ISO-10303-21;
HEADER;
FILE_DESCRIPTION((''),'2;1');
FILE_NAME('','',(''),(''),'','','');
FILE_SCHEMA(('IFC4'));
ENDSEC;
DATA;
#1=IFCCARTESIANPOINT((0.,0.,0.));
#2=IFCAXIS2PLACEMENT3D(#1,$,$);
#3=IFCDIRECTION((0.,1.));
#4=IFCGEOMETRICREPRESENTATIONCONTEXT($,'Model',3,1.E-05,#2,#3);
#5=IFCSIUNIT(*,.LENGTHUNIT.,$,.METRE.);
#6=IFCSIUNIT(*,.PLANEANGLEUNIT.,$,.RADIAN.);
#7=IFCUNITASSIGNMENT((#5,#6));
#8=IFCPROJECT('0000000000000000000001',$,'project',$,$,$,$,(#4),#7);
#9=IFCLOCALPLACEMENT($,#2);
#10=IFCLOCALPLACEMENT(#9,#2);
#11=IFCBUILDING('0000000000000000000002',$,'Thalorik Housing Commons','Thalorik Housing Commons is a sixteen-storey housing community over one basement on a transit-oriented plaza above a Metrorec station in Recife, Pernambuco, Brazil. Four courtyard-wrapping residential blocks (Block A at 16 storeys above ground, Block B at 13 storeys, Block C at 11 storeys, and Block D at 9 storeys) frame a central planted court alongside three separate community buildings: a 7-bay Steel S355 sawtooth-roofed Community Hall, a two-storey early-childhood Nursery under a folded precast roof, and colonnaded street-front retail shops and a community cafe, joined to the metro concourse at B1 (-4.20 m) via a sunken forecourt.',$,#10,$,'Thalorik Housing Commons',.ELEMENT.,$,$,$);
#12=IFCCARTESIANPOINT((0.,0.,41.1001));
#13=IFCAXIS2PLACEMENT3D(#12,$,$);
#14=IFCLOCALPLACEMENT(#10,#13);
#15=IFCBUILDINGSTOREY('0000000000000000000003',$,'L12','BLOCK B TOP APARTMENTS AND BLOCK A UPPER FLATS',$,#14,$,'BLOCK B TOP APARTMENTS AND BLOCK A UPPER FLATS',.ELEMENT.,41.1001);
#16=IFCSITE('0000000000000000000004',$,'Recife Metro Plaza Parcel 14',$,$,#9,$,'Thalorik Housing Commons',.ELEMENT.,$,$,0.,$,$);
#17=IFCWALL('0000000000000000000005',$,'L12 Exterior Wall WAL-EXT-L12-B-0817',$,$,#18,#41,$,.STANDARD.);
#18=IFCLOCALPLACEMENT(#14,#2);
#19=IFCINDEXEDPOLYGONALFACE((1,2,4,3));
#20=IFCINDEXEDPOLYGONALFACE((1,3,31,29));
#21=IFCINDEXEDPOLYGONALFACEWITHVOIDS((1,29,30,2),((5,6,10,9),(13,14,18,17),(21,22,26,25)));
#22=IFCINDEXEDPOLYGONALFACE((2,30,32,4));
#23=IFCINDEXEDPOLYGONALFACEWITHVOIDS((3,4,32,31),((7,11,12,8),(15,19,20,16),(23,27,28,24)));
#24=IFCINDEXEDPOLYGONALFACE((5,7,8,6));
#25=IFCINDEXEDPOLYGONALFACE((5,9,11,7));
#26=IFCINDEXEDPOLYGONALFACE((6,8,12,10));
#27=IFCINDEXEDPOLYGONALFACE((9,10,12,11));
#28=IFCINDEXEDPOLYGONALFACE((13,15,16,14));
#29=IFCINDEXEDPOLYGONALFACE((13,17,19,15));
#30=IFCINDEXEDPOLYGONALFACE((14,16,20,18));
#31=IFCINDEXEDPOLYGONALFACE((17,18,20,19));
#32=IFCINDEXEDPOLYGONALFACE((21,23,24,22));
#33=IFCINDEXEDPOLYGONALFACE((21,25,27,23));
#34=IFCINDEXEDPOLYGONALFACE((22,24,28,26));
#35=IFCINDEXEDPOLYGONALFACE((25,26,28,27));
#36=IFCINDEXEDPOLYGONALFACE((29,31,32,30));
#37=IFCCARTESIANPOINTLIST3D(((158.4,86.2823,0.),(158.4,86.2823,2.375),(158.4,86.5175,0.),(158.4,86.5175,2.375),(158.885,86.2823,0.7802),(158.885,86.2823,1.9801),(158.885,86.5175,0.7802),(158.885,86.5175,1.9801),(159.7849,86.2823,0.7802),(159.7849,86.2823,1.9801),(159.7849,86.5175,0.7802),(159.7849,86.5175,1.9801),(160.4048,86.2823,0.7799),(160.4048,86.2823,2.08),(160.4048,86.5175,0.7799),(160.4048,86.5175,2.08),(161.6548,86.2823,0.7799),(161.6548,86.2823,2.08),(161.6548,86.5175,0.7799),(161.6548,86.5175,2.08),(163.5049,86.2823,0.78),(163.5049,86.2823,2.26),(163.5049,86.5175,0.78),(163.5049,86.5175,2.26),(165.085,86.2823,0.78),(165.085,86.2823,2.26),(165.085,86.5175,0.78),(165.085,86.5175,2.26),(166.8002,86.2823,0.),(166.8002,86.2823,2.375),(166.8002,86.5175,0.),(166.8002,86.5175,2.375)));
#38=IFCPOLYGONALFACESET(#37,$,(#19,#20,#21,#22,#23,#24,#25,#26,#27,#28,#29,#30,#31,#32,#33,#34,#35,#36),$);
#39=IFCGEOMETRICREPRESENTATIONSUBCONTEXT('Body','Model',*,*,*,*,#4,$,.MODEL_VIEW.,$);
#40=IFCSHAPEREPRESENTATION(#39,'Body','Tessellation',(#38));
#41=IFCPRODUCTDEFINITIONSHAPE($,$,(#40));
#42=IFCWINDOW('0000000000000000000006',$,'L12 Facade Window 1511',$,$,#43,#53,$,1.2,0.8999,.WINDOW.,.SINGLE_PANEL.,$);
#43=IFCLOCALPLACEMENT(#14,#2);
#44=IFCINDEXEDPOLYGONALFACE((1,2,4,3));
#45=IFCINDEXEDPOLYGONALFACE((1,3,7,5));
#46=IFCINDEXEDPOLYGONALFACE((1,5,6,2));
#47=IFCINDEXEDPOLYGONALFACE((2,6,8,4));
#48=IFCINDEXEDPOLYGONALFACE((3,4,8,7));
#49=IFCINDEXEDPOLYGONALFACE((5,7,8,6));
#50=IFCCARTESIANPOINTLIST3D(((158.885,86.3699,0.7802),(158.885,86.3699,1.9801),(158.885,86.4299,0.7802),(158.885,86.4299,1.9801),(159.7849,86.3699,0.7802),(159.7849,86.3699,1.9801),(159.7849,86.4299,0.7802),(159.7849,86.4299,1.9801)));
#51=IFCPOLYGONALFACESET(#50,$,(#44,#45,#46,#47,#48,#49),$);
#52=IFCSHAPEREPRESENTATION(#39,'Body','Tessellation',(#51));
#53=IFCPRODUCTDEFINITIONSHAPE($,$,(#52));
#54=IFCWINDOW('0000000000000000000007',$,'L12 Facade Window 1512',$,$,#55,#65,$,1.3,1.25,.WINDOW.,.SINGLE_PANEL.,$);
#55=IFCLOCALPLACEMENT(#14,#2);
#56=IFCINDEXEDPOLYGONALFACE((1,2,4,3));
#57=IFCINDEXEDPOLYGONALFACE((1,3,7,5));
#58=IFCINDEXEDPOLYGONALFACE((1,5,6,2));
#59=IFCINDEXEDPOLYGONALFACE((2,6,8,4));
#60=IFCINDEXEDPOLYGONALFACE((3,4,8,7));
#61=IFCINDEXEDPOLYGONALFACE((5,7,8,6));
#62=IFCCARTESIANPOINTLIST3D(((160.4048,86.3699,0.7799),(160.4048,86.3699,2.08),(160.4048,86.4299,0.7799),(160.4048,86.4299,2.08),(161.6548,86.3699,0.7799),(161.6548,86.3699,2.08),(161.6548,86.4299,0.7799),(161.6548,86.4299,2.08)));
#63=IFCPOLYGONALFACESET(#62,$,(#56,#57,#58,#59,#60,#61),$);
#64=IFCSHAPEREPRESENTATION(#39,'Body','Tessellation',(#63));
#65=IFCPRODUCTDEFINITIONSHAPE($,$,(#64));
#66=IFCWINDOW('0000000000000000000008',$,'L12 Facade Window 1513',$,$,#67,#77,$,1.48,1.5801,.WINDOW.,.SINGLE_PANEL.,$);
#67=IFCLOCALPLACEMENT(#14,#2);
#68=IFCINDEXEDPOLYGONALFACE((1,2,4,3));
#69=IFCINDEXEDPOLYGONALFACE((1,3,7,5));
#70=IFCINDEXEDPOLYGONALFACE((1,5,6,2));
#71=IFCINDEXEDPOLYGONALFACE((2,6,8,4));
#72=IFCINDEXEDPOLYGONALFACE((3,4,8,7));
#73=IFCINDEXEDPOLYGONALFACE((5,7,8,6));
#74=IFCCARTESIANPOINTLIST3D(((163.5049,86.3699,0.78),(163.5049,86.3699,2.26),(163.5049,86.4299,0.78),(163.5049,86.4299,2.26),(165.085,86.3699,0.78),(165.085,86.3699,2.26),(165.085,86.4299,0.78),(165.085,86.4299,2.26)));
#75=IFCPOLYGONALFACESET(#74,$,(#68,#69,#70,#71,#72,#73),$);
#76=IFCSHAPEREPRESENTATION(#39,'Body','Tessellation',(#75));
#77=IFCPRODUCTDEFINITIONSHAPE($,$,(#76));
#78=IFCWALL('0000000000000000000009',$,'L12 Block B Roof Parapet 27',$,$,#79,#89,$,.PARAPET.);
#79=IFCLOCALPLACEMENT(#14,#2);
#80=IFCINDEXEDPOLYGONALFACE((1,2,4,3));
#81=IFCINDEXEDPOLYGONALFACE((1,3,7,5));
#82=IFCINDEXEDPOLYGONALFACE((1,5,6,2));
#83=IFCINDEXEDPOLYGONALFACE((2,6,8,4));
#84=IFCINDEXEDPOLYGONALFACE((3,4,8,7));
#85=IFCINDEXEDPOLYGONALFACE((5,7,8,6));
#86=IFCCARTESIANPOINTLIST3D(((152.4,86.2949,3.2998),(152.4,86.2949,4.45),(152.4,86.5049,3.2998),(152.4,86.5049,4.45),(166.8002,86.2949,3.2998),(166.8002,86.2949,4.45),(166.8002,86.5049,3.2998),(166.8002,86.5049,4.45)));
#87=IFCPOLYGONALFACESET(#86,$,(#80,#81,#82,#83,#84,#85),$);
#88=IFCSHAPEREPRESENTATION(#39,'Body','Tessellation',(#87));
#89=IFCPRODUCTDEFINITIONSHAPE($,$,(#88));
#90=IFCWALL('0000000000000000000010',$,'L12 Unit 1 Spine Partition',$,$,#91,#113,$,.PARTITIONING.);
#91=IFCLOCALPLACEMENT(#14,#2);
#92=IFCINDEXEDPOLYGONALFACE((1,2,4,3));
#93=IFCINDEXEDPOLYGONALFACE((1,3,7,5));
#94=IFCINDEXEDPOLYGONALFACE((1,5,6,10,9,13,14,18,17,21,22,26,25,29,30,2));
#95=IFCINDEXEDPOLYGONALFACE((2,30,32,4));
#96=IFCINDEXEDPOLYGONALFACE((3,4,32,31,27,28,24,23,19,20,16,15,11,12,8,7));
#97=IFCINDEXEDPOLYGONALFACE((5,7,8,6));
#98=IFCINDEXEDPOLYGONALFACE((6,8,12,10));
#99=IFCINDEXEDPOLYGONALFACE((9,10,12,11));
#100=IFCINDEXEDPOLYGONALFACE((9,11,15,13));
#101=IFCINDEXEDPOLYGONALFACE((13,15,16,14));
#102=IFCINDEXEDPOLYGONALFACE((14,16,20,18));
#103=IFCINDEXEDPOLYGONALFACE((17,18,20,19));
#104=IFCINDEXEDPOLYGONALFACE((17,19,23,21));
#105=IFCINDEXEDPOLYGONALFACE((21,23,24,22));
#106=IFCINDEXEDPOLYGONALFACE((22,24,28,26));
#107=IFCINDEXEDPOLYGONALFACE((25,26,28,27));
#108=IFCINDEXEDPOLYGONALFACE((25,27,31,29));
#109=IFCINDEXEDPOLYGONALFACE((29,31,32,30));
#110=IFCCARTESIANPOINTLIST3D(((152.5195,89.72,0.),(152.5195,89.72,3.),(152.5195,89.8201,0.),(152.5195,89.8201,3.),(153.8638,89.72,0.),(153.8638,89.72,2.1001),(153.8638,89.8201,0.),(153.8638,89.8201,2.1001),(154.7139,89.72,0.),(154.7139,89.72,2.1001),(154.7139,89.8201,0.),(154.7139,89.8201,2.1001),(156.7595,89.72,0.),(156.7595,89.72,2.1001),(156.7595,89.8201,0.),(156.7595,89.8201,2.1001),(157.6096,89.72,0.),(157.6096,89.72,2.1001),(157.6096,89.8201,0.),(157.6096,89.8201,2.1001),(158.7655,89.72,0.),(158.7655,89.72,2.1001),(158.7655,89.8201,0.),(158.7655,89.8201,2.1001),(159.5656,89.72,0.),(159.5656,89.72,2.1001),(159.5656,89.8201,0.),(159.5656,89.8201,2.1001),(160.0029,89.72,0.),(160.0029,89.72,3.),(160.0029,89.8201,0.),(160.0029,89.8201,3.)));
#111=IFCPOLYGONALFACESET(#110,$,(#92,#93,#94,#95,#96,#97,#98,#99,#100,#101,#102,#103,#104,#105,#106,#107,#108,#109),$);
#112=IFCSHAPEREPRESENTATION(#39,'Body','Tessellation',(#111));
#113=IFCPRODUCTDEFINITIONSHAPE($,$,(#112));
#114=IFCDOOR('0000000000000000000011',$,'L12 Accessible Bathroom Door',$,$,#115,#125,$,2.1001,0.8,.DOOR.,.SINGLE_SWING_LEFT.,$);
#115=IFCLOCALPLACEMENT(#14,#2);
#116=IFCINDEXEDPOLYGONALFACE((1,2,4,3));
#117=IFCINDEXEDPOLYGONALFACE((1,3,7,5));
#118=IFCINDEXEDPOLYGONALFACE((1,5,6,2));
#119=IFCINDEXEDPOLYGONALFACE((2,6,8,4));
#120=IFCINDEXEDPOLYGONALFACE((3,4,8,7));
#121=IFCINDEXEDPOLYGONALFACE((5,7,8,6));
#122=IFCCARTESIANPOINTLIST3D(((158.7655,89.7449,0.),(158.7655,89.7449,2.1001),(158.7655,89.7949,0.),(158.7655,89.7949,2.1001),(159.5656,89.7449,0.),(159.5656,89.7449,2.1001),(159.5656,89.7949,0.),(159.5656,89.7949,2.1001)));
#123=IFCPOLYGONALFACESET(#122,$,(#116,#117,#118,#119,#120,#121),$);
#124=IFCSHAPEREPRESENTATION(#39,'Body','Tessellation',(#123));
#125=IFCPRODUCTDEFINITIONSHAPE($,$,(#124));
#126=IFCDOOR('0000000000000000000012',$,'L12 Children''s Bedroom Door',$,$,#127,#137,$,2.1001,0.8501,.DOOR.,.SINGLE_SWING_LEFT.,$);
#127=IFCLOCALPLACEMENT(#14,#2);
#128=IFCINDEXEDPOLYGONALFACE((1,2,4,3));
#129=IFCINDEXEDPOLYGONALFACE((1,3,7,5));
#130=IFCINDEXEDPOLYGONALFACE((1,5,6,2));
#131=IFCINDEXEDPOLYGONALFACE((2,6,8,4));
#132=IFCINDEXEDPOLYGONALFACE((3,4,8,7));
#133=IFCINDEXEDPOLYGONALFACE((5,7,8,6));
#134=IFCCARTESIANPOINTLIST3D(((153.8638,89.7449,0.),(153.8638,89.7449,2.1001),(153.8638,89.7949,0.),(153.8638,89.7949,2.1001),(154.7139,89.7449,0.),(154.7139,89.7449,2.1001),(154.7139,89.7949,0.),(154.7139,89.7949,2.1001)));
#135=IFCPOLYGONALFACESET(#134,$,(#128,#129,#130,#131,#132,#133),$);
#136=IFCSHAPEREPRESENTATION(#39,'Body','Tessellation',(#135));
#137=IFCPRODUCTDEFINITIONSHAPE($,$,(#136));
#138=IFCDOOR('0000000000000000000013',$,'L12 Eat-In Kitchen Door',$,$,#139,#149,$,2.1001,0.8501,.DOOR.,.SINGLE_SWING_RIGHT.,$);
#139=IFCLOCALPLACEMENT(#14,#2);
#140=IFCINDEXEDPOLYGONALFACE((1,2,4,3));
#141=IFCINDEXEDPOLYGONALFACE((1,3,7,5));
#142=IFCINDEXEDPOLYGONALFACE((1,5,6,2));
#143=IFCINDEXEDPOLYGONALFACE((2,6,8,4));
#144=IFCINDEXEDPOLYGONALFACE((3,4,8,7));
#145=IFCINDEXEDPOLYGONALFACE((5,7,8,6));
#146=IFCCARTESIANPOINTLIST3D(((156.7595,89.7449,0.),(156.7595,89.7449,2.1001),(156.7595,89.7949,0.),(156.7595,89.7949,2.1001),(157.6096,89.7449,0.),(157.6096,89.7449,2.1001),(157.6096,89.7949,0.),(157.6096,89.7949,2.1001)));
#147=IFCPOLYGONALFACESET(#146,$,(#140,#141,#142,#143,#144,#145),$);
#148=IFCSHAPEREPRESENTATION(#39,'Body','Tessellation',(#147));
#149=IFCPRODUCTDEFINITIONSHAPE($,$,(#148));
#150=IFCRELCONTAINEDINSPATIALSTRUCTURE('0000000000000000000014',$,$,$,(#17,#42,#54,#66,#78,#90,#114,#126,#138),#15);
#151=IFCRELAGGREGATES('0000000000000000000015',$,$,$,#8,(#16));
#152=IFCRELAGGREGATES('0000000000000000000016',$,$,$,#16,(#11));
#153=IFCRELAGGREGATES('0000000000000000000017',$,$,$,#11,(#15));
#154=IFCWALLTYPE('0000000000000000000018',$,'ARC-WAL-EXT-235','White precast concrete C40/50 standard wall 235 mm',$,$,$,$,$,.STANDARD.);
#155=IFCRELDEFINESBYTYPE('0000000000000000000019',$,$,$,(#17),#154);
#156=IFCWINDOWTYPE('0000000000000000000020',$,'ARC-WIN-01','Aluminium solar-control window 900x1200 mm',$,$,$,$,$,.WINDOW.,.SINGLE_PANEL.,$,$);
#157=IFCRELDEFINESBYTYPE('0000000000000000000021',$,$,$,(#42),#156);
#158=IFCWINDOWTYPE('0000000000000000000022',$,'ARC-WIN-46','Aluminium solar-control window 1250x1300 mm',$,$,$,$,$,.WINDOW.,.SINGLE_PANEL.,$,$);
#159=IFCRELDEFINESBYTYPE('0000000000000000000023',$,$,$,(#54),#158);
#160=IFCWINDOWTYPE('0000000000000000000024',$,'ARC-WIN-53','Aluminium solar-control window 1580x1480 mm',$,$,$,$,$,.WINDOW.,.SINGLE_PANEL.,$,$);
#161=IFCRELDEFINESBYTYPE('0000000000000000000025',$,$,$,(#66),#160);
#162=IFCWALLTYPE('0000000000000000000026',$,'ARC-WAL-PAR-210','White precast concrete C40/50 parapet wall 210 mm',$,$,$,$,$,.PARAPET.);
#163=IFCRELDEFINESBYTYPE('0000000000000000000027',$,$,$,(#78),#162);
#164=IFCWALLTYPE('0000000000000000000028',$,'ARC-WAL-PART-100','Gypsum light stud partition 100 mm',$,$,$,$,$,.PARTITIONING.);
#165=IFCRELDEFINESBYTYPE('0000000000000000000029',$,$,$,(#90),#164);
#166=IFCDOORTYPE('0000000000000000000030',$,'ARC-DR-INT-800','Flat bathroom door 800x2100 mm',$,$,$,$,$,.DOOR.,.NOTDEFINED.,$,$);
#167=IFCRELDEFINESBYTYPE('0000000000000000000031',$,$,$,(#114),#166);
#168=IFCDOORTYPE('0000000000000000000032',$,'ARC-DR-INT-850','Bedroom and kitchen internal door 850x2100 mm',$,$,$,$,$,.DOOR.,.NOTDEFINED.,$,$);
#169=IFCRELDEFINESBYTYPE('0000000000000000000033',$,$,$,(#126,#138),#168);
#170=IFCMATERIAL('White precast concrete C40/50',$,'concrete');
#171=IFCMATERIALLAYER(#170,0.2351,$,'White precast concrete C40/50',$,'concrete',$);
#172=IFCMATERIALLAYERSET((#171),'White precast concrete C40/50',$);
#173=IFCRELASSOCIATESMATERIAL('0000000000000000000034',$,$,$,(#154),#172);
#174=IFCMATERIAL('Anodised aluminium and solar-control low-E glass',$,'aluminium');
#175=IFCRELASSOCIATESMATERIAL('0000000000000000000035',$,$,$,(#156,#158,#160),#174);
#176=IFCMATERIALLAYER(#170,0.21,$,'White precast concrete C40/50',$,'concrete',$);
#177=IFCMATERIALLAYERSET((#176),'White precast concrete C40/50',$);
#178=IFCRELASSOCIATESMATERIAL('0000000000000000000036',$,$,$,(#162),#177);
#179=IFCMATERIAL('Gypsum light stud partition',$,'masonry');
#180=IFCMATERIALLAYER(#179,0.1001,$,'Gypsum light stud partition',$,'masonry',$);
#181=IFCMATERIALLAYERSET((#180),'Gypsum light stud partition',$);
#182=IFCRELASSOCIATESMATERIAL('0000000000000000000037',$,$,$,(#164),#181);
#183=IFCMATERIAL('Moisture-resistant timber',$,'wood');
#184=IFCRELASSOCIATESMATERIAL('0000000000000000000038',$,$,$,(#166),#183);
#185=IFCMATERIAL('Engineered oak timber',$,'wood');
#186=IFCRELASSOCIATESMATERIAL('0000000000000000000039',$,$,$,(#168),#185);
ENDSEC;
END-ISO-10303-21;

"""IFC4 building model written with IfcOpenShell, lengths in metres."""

from ifc_helpers import new_model, si_unit, direction, frame, frame_2d, origin, place, context, subcontext, project, spatial, rectangle, extrude, material, layer, layer_set, type_object, element, fill, save


model = new_model("IFC4")

# Units and contexts
model_context = context("Model", 3, precision=1e-05, world=origin(), true_north=direction((0.0, 1.0)))
body_context = subcontext(model_context, "Body", "Model", "MODEL_VIEW")
ifc_project = project(units=[si_unit("LENGTHUNIT", "METRE"), si_unit("PLANEANGLEUNIT", "RADIAN")], contexts=[model_context])

# Site, building, storey
site_placement = place(None, origin())
site = spatial("IfcSite", under=ifc_project, at=site_placement, Name="Recife Metro Plaza Parcel 14", LongName="Thalorik Housing Commons", CompositionType="ELEMENT", RefElevation=0.0)
building_placement = place(site_placement, origin())
building = spatial("IfcBuilding", under=site, at=building_placement, Name="Thalorik Housing Commons", Description="Thalorik Housing Commons is a sixteen-storey housing community over one basement on a transit-oriented plaza above a Metrorec station in Recife, Pernambuco, Brazil. Four courtyard-wrapping residential blocks (Block A at 16 storeys above ground, Block B at 13 storeys, Block C at 11 storeys, and Block D at 9 storeys) frame a central planted court alongside three separate community buildings: a 7-bay Steel S355 sawtooth-roofed Community Hall, a two-storey early-childhood Nursery under a folded precast roof, and colonnaded street-front retail shops and a community cafe, joined to the metro concourse at B1 (-4.20 m) via a sunken forecourt.", LongName="Thalorik Housing Commons", CompositionType="ELEMENT")
storey_placement = place(building_placement, frame((0.0, 0.0, 41.1001)))
storey = spatial("IfcBuildingStorey", under=building, at=storey_placement, Name="L12", Description="BLOCK B TOP APARTMENTS AND BLOCK A UPPER FLATS", LongName="BLOCK B TOP APARTMENTS AND BLOCK A UPPER FLATS", CompositionType="ELEMENT", Elevation=41.1001)

# Wall, openings, windows
ifc_material_1 = material(Name="White precast concrete C40/50", Category="concrete")
ifc_layer_1 = layer(ifc_material_1, 0.2351, Name="White precast concrete C40/50", Category="concrete")
ifc_layer_set_1 = layer_set([ifc_layer_1], Name="White precast concrete C40/50")
wall_type_1 = type_object("IfcWallType", Name="ARC-WAL-EXT-235", Description="White precast concrete C40/50 standard wall 235 mm", PredefinedType="STANDARD", material=ifc_layer_set_1)
ifc_material_2 = material(Name="Anodised aluminium and solar-control low-E glass", Category="aluminium")
wall_1_placement = place(storey_placement, frame((158.3999, 86.3999, 0.0), z_axis=(0.0, 0.0, 1.0), x_axis=(1.0, 0.0, 0.0)))
wall_1 = element("IfcWall", 1, at=wall_1_placement, inside=storey, type_object=wall_type_1, Name="L12 Exterior Wall WAL-EXT-L12-B-0817", PredefinedType="STANDARD", context=body_context, shape_type="SweptSolid", body=[
    extrude(rectangle(XDim=8.4001, YDim=0.2351, at=frame_2d((4.2002, 0.0))), origin(), (0.0, 0.0, 1.0), 2.375),
])
opening_1_placement = place(wall_1_placement, frame((0.4851, 0.0, 0.78)))
opening_1 = element("IfcOpeningElement", 2, at=opening_1_placement, cuts=wall_1, PredefinedType="OPENING", context=body_context, shape_type="SweptSolid", body=[
    extrude(rectangle(XDim=0.8999, YDim=1.2, at=frame_2d((0.45, 0.6001))), frame((0.0, 0.1274, 0.0), z_axis=(0.0, -1.0, 0.0), x_axis=(1.0, 0.0, 0.0)), (0.0, 0.0, 1.0), 0.2551),
])
opening_2_placement = place(wall_1_placement, frame((2.0049, 0.0, 0.78)))
opening_2 = element("IfcOpeningElement", 3, at=opening_2_placement, cuts=wall_1, PredefinedType="OPENING", context=body_context, shape_type="SweptSolid", body=[
    extrude(rectangle(XDim=1.25, YDim=1.3, at=frame_2d((0.625, 0.6499))), frame((0.0, 0.1274, 0.0), z_axis=(0.0, -1.0, 0.0), x_axis=(1.0, 0.0, 0.0)), (0.0, 0.0, 1.0), 0.2551),
])
opening_3_placement = place(wall_1_placement, frame((5.105, 0.0, 0.78)))
opening_3 = element("IfcOpeningElement", 4, at=opening_3_placement, cuts=wall_1, PredefinedType="OPENING", context=body_context, shape_type="SweptSolid", body=[
    extrude(rectangle(XDim=1.5801, YDim=1.48, at=frame_2d((0.79, 0.74))), frame((0.0, 0.1274, 0.0), z_axis=(0.0, -1.0, 0.0), x_axis=(1.0, 0.0, 0.0)), (0.0, 0.0, 1.0), 0.2551),
])
window_type_1 = type_object("IfcWindowType", Name="ARC-WIN-01", Description="Aluminium solar-control window 900x1200 mm", PartitioningType="SINGLE_PANEL", PredefinedType="WINDOW", material=ifc_material_2)
window_1_placement = place(opening_1_placement, origin())
window_1 = element("IfcWindow", 5, at=window_1_placement, inside=storey, type_object=window_type_1, Name="L12 Facade Window 1511", OverallHeight=1.2, OverallWidth=0.8999, PartitioningType="SINGLE_PANEL", PredefinedType="WINDOW", context=body_context, shape_type="SweptSolid", body=[
    extrude(rectangle(XDim=0.8999, YDim=1.2, at=frame_2d((0.45, 0.6001))), frame((0.0, 0.03, 0.0), z_axis=(0.0, -1.0, 0.0), x_axis=(1.0, 0.0, 0.0)), (0.0, 0.0, 1.0), 0.0601),
])
fill(opening_1, window_1)
window_type_2 = type_object("IfcWindowType", Name="ARC-WIN-46", Description="Aluminium solar-control window 1250x1300 mm", PartitioningType="SINGLE_PANEL", PredefinedType="WINDOW", material=ifc_material_2)
window_2_placement = place(opening_2_placement, origin())
window_2 = element("IfcWindow", 6, at=window_2_placement, inside=storey, type_object=window_type_2, Name="L12 Facade Window 1512", OverallHeight=1.3, OverallWidth=1.25, PartitioningType="SINGLE_PANEL", PredefinedType="WINDOW", context=body_context, shape_type="SweptSolid", body=[
    extrude(rectangle(XDim=1.25, YDim=1.3, at=frame_2d((0.625, 0.6499))), frame((0.0, 0.03, 0.0), z_axis=(0.0, -1.0, 0.0), x_axis=(1.0, 0.0, 0.0)), (0.0, 0.0, 1.0), 0.0601),
])
fill(opening_2, window_2)
window_type_3 = type_object("IfcWindowType", Name="ARC-WIN-53", Description="Aluminium solar-control window 1580x1480 mm", PartitioningType="SINGLE_PANEL", PredefinedType="WINDOW", material=ifc_material_2)
window_3_placement = place(opening_3_placement, origin())
window_3 = element("IfcWindow", 7, at=window_3_placement, inside=storey, type_object=window_type_3, Name="L12 Facade Window 1513", OverallHeight=1.48, OverallWidth=1.5801, PartitioningType="SINGLE_PANEL", PredefinedType="WINDOW", context=body_context, shape_type="SweptSolid", body=[
    extrude(rectangle(XDim=1.5801, YDim=1.48, at=frame_2d((0.79, 0.74))), frame((0.0, 0.03, 0.0), z_axis=(0.0, -1.0, 0.0), x_axis=(1.0, 0.0, 0.0)), (0.0, 0.0, 1.0), 0.0601),
])
fill(opening_3, window_3)

# Wall
ifc_layer_2 = layer(ifc_material_1, 0.21, Name="White precast concrete C40/50", Category="concrete")
ifc_layer_set_2 = layer_set([ifc_layer_2], Name="White precast concrete C40/50")
wall_type_2 = type_object("IfcWallType", Name="ARC-WAL-PAR-210", Description="White precast concrete C40/50 parapet wall 210 mm", PredefinedType="PARAPET", material=ifc_layer_set_2)
wall_2_placement = place(storey_placement, frame((152.3999, 86.3999, 3.2998), z_axis=(0.0, 0.0, 1.0), x_axis=(1.0, 0.0, 0.0)))
element("IfcWall", 8, at=wall_2_placement, inside=storey, type_object=wall_type_2, Name="L12 Block B Roof Parapet 27", PredefinedType="PARAPET", context=body_context, shape_type="SweptSolid", body=[
    extrude(rectangle(XDim=14.4001, YDim=0.21, at=frame_2d((7.2002, 0.0))), origin(), (0.0, 0.0, 1.0), 1.1501),
])

# Wall, openings, doors
ifc_material_3 = material(Name="Gypsum light stud partition", Category="masonry")
ifc_layer_3 = layer(ifc_material_3, 0.1001, Name="Gypsum light stud partition", Category="masonry")
ifc_layer_set_3 = layer_set([ifc_layer_3], Name="Gypsum light stud partition")
wall_type_3 = type_object("IfcWallType", Name="ARC-WAL-PART-100", Description="Gypsum light stud partition 100 mm", PredefinedType="PARTITIONING", material=ifc_layer_set_3)
wall_3_placement = place(storey_placement, frame((152.5195, 89.77, 0.0), z_axis=(0.0, 0.0, 1.0), x_axis=(1.0, 0.0, 0.0)))
wall_3 = element("IfcWall", 9, at=wall_3_placement, inside=storey, type_object=wall_type_3, Name="L12 Unit 1 Spine Partition", PredefinedType="PARTITIONING", context=body_context, shape_type="SweptSolid", body=[
    extrude(rectangle(XDim=7.4834, YDim=0.1001, at=frame_2d((3.7417, 0.0))), origin(), (0.0, 0.0, 1.0), 3.0),
])
opening_4_placement = place(wall_3_placement, frame((1.3442, 0.0, 0.0)))
opening_4 = element("IfcOpeningElement", 10, at=opening_4_placement, cuts=wall_3, PredefinedType="OPENING", context=body_context, shape_type="SweptSolid", body=[
    extrude(rectangle(XDim=0.8501, YDim=2.1001, at=frame_2d((0.425, 1.05))), frame((0.0, 0.0601, 0.0), z_axis=(0.0, -1.0, 0.0), x_axis=(1.0, 0.0, 0.0)), (0.0, 0.0, 1.0), 0.1201),
])
opening_5_placement = place(wall_3_placement, frame((4.24, 0.0, 0.0)))
opening_5 = element("IfcOpeningElement", 11, at=opening_5_placement, cuts=wall_3, PredefinedType="OPENING", context=body_context, shape_type="SweptSolid", body=[
    extrude(rectangle(XDim=0.8501, YDim=2.1001, at=frame_2d((0.425, 1.05))), frame((0.0, 0.0601, 0.0), z_axis=(0.0, -1.0, 0.0), x_axis=(1.0, 0.0, 0.0)), (0.0, 0.0, 1.0), 0.1201),
])
opening_6_placement = place(wall_3_placement, frame((6.2461, 0.0, 0.0)))
opening_6 = element("IfcOpeningElement", 12, at=opening_6_placement, cuts=wall_3, PredefinedType="OPENING", context=body_context, shape_type="SweptSolid", body=[
    extrude(rectangle(XDim=0.8, YDim=2.1001, at=frame_2d((0.3999, 1.05))), frame((0.0, 0.0601, 0.0), z_axis=(0.0, -1.0, 0.0), x_axis=(1.0, 0.0, 0.0)), (0.0, 0.0, 1.0), 0.1201),
])
ifc_material_4 = material(Name="Moisture-resistant timber", Category="wood")
door_type_1 = type_object("IfcDoorType", Name="ARC-DR-INT-800", Description="Flat bathroom door 800x2100 mm", OperationType="NOTDEFINED", PredefinedType="DOOR", material=ifc_material_4)
door_1_placement = place(opening_6_placement, origin())
door_1 = element("IfcDoor", 13, at=door_1_placement, inside=storey, type_object=door_type_1, Name="L12 Accessible Bathroom Door", OperationType="SINGLE_SWING_LEFT", OverallHeight=2.1001, OverallWidth=0.8, PredefinedType="DOOR", context=body_context, shape_type="SweptSolid", body=[
    extrude(rectangle(XDim=0.8, YDim=2.1001, at=frame_2d((0.3999, 1.05))), frame((0.0, 0.0249, 0.0), z_axis=(0.0, -1.0, 0.0), x_axis=(1.0, 0.0, 0.0)), (0.0, 0.0, 1.0), 0.05),
])
fill(opening_6, door_1)
ifc_material_5 = material(Name="Engineered oak timber", Category="wood")
door_type_2 = type_object("IfcDoorType", Name="ARC-DR-INT-850", Description="Bedroom and kitchen internal door 850x2100 mm", OperationType="NOTDEFINED", PredefinedType="DOOR", material=ifc_material_5)
door_2_placement = place(opening_4_placement, origin())
door_2 = element("IfcDoor", 14, at=door_2_placement, inside=storey, type_object=door_type_2, Name="L12 Children's Bedroom Door", OperationType="SINGLE_SWING_LEFT", OverallHeight=2.1001, OverallWidth=0.8501, PredefinedType="DOOR", context=body_context, shape_type="SweptSolid", body=[
    extrude(rectangle(XDim=0.8501, YDim=2.1001, at=frame_2d((0.425, 1.05))), frame((0.0, 0.0249, 0.0), z_axis=(0.0, -1.0, 0.0), x_axis=(1.0, 0.0, 0.0)), (0.0, 0.0, 1.0), 0.05),
])
fill(opening_4, door_2)
door_3_placement = place(opening_5_placement, origin())
door_3 = element("IfcDoor", 15, at=door_3_placement, inside=storey, type_object=door_type_2, Name="L12 Eat-In Kitchen Door", OperationType="SINGLE_SWING_RIGHT", OverallHeight=2.1001, OverallWidth=0.8501, PredefinedType="DOOR", context=body_context, shape_type="SweptSolid", body=[
    extrude(rectangle(XDim=0.8501, YDim=2.1001, at=frame_2d((0.425, 1.05))), frame((0.0, 0.0249, 0.0), z_axis=(0.0, -1.0, 0.0), x_axis=(1.0, 0.0, 0.0)), (0.0, 0.0, 1.0), 0.05),
])
fill(opening_5, door_3)

save(model, "model.ifc")
